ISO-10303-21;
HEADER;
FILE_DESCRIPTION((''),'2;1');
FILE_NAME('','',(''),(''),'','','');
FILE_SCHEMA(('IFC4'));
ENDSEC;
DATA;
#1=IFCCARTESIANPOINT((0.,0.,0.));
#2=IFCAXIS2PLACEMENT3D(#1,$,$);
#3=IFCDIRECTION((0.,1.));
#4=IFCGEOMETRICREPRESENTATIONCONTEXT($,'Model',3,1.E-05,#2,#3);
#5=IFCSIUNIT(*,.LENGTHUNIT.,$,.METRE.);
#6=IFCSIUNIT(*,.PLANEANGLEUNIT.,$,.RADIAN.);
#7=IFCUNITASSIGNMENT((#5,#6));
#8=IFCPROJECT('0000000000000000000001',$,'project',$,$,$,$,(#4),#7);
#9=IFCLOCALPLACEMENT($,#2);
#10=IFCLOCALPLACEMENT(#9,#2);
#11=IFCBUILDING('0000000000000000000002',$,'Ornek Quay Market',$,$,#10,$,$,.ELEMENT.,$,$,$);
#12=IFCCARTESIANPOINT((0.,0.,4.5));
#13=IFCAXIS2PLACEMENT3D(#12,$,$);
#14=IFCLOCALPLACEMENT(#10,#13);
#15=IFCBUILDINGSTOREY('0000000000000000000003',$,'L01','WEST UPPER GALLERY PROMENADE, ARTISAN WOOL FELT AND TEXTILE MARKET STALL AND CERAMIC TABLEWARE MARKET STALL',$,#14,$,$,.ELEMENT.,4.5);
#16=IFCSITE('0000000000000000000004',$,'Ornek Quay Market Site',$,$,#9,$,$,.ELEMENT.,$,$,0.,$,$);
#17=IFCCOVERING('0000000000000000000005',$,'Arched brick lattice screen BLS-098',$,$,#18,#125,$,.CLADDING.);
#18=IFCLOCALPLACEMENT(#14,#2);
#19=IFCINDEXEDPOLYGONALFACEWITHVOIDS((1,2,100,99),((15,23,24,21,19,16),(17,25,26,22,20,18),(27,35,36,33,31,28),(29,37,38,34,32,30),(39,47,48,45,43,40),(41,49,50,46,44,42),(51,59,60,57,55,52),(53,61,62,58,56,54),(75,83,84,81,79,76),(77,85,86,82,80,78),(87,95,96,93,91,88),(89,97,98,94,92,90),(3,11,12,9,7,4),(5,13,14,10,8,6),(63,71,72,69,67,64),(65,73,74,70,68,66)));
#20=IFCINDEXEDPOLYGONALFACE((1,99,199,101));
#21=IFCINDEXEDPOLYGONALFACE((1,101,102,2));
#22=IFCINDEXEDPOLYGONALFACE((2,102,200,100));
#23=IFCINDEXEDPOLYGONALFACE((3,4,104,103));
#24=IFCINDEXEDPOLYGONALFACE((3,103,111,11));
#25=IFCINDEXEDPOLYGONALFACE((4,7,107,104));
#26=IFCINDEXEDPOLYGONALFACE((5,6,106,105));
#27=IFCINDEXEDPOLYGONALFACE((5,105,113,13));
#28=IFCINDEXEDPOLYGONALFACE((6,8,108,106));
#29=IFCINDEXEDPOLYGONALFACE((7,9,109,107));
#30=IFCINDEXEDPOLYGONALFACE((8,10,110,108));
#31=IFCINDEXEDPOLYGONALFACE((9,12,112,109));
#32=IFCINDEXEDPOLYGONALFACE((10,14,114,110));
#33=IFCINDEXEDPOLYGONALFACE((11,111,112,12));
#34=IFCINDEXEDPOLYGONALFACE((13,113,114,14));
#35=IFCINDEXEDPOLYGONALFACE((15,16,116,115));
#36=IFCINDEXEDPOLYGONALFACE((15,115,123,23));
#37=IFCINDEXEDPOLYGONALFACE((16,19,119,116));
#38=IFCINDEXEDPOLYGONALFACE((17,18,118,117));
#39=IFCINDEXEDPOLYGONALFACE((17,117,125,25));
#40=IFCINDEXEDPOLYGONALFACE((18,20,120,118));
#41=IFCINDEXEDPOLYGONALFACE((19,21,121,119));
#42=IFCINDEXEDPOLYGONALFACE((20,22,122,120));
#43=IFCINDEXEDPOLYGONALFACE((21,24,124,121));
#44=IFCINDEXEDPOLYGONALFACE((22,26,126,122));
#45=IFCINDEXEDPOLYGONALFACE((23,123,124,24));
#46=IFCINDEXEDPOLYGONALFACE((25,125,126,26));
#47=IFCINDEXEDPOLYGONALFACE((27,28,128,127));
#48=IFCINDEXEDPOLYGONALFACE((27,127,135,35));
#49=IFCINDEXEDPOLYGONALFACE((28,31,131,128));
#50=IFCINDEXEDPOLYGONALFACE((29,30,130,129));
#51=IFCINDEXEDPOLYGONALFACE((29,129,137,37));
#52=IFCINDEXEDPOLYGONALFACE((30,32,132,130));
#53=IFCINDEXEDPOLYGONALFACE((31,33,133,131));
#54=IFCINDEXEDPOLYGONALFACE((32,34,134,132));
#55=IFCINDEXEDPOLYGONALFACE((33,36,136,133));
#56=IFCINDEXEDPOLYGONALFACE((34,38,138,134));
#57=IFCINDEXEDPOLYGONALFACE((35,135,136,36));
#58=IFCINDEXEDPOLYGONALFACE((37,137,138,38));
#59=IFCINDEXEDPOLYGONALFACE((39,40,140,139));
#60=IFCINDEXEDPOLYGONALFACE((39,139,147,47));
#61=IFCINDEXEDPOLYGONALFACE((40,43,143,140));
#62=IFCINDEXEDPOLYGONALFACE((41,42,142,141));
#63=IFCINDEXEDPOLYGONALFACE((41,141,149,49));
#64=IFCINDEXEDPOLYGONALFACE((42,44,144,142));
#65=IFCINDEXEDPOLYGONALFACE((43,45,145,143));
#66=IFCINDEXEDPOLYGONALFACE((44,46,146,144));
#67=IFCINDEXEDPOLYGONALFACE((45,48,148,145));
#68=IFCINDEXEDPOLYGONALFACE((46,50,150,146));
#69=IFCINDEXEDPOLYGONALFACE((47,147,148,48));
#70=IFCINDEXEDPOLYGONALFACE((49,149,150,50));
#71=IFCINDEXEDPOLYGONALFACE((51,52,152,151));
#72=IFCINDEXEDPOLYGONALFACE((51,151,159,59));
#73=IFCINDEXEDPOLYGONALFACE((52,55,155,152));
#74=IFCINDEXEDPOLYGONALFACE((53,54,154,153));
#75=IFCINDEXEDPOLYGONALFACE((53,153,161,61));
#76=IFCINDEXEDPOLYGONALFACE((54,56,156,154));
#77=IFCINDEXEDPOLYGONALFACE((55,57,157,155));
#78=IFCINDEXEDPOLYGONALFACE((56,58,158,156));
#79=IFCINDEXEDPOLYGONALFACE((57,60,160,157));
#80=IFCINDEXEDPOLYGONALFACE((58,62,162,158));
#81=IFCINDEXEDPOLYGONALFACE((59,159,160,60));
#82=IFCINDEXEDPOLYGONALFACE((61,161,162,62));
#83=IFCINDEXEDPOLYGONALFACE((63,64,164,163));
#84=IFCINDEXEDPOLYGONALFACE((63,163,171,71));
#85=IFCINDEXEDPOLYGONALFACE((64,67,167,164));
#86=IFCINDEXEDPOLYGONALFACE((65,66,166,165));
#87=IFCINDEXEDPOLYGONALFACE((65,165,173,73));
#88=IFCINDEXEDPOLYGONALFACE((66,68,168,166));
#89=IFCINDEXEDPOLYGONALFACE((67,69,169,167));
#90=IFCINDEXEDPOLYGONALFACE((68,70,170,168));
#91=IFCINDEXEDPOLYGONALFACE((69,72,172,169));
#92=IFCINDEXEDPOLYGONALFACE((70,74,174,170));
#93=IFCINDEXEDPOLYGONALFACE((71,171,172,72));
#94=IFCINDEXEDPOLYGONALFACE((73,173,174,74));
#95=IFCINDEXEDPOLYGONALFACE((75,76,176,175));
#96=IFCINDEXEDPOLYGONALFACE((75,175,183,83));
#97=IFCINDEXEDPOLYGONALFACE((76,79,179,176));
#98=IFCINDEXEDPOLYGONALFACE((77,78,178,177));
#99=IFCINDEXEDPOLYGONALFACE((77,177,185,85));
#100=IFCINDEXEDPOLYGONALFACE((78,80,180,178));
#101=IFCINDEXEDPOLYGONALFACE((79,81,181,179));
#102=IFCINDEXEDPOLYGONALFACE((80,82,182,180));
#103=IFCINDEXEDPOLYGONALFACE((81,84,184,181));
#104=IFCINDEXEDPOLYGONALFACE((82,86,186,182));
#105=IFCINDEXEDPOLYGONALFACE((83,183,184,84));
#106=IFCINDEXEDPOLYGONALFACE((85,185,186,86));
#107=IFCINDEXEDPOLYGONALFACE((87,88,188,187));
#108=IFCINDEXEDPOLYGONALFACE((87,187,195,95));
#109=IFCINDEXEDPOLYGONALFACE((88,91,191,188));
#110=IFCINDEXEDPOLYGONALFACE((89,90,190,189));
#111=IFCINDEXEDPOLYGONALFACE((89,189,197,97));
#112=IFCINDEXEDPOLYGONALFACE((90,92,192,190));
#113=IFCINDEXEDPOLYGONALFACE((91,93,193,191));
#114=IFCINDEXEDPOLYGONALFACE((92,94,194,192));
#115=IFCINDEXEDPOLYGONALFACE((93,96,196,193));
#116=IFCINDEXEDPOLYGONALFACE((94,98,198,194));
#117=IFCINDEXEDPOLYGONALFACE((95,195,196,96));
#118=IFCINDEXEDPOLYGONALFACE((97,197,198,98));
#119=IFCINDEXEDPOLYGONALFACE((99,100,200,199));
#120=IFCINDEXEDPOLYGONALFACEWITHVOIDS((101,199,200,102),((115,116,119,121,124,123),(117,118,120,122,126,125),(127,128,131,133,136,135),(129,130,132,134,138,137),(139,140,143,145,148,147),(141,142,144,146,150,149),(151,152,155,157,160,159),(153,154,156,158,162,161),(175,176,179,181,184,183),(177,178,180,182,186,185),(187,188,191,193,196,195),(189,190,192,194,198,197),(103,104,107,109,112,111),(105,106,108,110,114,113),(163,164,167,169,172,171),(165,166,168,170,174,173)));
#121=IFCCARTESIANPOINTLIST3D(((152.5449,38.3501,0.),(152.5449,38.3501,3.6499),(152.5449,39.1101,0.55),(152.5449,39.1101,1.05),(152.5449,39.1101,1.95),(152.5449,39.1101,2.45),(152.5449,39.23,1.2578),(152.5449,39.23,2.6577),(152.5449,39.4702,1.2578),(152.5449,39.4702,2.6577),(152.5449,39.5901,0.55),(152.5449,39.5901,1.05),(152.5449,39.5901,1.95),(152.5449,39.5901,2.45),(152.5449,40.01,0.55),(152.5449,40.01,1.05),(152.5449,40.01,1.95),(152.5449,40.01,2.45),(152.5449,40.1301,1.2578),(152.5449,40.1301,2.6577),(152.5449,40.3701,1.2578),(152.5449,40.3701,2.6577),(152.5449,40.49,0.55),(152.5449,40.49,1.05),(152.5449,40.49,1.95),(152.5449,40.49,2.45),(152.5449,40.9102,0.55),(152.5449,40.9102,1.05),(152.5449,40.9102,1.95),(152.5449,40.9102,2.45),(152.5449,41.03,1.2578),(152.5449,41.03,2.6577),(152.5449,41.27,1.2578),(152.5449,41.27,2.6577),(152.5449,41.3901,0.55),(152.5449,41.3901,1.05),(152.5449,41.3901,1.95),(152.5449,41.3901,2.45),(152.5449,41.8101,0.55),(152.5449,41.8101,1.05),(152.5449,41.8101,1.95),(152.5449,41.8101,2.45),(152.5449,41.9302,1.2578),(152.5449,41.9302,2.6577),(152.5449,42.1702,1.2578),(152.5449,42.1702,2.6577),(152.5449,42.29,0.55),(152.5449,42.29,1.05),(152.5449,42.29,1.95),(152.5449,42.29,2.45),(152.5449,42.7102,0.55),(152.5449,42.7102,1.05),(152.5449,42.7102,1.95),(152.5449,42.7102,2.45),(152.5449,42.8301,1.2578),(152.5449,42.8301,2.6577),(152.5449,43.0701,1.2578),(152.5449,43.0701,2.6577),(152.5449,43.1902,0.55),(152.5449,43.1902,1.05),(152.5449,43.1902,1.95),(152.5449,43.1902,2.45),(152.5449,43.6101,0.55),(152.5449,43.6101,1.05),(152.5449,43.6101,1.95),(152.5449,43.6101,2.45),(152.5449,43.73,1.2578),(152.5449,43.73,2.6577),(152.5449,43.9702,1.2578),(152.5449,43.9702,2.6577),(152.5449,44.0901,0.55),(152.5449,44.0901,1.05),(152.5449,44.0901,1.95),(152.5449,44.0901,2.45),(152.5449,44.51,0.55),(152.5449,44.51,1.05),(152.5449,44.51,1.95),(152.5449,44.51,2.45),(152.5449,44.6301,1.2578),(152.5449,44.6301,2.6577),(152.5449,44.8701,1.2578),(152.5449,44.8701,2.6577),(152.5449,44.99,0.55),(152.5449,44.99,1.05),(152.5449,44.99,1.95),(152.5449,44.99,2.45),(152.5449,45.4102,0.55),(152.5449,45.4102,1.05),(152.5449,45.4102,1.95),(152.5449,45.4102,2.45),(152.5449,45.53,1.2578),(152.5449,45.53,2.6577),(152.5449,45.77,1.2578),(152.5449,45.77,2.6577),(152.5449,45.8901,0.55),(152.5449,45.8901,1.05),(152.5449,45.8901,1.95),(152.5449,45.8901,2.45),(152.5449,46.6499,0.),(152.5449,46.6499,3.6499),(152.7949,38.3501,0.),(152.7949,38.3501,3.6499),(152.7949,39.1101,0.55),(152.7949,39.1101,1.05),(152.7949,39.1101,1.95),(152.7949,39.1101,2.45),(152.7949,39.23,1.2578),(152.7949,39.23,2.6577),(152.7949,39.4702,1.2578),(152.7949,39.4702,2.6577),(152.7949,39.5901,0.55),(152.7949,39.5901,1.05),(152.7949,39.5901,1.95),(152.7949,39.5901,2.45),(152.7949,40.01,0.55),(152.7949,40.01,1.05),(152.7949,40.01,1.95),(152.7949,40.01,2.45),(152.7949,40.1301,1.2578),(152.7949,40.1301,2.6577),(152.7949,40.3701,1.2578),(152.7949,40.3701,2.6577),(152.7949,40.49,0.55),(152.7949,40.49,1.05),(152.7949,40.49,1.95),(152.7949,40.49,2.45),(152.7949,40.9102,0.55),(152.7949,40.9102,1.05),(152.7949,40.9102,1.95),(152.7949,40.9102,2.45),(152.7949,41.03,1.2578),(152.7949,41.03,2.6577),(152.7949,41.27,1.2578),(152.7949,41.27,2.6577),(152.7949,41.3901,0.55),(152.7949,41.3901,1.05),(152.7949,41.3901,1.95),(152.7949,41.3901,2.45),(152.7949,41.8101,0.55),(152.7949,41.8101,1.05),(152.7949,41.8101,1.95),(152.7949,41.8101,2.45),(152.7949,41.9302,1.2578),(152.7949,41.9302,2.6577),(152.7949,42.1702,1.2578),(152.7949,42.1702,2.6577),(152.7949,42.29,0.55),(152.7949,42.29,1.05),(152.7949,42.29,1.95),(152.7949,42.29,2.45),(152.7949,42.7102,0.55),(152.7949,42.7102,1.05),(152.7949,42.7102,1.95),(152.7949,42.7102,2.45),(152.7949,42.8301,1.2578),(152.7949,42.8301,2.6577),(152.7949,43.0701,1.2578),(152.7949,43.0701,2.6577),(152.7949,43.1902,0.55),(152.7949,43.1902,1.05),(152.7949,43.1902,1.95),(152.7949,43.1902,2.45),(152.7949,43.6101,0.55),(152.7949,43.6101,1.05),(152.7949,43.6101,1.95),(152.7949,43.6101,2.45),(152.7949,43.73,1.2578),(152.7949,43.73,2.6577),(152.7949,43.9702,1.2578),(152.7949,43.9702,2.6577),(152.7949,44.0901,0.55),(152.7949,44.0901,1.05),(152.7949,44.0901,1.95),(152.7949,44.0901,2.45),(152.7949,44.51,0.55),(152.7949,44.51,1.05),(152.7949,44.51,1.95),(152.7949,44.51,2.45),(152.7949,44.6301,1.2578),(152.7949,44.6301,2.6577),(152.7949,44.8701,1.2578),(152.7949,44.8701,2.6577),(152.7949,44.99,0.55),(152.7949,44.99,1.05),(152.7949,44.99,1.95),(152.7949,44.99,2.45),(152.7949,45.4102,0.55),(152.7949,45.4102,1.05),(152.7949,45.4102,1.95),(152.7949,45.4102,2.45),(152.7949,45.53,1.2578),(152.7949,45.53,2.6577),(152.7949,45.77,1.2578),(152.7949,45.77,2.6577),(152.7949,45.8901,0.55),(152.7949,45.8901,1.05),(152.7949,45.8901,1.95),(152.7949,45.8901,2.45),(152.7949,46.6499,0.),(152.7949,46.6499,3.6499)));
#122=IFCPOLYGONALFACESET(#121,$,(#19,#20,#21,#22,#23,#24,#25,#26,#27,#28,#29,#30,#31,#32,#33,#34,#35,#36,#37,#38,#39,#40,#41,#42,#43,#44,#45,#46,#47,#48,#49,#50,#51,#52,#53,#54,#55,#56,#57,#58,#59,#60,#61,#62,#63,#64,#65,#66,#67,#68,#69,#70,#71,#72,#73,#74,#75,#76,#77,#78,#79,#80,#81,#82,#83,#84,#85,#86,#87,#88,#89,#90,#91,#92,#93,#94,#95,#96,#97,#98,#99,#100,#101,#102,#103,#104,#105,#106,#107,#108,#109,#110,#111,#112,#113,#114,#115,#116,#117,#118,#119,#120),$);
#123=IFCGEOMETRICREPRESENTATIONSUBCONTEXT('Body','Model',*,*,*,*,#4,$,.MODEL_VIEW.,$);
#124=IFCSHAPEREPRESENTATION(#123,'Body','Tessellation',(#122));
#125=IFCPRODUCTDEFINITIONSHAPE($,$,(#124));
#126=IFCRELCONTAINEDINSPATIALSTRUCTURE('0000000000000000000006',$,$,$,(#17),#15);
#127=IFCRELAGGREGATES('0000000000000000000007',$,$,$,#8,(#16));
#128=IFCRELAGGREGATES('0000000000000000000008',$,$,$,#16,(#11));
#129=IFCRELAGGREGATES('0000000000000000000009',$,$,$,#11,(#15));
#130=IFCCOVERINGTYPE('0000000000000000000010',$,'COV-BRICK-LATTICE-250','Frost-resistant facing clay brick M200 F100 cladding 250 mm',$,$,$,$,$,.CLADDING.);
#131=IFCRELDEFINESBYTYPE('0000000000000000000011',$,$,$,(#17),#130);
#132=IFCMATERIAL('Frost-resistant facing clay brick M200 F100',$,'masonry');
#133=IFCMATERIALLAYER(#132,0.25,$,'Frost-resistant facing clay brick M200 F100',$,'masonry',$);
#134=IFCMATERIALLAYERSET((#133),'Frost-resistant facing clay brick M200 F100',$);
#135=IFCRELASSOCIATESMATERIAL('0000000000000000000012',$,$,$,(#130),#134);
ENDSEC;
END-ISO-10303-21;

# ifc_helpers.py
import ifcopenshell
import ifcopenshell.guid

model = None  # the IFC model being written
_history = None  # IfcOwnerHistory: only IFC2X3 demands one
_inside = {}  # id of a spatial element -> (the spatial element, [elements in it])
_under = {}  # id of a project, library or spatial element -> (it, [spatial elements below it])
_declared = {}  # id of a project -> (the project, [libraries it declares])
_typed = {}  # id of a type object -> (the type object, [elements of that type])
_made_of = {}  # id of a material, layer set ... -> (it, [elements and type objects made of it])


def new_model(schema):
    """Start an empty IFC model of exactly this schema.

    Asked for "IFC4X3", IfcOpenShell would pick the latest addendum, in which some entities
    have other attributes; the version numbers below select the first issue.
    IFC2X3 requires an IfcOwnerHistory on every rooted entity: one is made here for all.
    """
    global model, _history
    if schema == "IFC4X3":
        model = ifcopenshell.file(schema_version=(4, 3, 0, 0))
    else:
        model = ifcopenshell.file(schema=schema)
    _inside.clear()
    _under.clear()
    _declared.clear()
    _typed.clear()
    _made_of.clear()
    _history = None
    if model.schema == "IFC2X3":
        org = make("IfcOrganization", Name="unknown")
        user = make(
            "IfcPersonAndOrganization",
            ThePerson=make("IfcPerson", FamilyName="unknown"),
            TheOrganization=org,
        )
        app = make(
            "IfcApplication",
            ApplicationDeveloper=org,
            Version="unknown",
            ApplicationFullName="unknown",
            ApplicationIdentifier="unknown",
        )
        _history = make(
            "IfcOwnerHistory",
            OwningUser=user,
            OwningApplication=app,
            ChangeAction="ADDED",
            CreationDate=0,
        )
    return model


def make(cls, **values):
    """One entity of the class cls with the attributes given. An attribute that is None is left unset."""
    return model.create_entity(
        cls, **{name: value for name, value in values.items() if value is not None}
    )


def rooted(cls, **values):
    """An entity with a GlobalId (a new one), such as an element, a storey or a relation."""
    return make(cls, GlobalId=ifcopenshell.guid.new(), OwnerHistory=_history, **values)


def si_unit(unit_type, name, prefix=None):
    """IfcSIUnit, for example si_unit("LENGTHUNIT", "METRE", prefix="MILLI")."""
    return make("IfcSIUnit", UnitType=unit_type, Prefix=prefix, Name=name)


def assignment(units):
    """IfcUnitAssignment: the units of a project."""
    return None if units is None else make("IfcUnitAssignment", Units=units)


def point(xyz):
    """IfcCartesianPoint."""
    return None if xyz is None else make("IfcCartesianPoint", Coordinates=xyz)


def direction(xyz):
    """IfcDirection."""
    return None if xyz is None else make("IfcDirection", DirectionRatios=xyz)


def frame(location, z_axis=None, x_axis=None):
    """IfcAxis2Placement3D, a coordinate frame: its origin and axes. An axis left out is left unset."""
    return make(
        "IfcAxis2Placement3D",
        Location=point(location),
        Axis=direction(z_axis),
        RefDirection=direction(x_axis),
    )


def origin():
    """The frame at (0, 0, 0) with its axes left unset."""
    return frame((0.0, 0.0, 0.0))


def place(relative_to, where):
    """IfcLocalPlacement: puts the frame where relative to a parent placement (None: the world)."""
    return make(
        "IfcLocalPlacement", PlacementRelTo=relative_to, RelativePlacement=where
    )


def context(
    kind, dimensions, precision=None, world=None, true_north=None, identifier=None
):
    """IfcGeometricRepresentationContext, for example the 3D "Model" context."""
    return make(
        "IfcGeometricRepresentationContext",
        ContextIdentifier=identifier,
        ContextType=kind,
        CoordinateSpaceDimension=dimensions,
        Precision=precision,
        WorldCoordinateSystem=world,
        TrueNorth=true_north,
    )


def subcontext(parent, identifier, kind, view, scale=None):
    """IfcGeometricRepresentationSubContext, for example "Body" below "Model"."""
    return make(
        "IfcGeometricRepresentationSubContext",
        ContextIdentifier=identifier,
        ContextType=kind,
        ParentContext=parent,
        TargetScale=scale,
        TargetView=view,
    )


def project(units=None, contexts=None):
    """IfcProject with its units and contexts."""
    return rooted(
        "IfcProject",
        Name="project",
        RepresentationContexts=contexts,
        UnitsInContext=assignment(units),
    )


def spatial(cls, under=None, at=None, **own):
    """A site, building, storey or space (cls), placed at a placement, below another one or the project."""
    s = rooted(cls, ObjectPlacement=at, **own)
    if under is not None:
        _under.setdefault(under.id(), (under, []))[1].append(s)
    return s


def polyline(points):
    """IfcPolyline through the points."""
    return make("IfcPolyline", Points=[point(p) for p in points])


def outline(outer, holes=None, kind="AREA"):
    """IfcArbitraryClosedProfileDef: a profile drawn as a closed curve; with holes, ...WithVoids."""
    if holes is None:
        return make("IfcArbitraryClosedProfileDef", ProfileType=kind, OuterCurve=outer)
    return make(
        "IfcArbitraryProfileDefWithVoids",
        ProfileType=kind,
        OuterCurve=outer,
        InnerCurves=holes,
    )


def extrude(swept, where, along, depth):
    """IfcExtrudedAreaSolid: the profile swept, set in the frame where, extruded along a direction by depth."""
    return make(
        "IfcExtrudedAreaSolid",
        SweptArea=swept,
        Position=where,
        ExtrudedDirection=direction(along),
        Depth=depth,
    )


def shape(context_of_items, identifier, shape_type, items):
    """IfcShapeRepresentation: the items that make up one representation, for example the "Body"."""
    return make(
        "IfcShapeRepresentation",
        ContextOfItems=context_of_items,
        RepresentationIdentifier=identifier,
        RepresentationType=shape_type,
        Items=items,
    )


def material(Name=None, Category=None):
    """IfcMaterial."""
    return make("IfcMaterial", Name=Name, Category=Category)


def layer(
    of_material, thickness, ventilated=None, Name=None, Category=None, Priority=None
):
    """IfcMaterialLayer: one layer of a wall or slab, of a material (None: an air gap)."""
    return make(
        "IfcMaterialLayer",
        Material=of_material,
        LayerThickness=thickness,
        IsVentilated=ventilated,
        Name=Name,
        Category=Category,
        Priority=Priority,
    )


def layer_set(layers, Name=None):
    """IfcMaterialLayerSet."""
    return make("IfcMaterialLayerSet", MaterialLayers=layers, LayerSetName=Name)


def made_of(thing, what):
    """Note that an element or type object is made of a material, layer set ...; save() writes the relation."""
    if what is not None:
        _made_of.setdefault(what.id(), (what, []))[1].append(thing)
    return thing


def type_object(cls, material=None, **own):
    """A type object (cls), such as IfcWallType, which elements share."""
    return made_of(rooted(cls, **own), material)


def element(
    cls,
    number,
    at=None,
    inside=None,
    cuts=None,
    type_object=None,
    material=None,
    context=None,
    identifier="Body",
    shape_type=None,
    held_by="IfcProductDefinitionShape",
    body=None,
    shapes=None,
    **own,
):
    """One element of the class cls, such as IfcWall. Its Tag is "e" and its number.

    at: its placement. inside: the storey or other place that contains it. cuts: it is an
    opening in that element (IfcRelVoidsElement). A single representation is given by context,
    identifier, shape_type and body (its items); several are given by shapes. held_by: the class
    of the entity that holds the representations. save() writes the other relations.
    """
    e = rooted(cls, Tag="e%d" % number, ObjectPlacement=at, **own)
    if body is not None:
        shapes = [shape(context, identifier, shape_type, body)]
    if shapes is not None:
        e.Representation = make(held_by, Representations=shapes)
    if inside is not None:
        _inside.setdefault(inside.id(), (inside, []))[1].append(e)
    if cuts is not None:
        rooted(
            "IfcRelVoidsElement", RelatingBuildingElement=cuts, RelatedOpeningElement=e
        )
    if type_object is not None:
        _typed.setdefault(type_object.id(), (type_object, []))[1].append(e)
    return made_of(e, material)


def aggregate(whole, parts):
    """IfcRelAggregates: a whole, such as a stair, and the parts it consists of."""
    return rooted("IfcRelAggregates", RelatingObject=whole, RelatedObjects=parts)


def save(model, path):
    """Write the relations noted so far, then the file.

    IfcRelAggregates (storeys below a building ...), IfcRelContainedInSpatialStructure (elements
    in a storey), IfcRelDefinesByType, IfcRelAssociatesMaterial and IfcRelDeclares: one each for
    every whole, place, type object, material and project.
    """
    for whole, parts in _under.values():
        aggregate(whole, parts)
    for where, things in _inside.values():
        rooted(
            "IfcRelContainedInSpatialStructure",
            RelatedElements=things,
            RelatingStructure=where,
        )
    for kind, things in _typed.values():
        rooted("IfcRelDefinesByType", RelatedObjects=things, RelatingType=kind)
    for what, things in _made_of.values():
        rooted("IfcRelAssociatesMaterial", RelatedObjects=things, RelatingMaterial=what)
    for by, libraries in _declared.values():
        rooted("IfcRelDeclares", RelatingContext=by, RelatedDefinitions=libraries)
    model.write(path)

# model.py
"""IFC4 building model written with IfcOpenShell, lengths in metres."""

from ifc_helpers import new_model, si_unit, direction, frame, origin, place, context, subcontext, project, spatial, polyline, outline, extrude, material, layer, layer_set, type_object, element, save


model = new_model("IFC4")

# Units and contexts
model_context = context("Model", 3, precision=1e-05, world=origin(), true_north=direction((0.0, 1.0)))
body_context = subcontext(model_context, "Body", "Model", "MODEL_VIEW")
ifc_project = project(units=[si_unit("LENGTHUNIT", "METRE"), si_unit("PLANEANGLEUNIT", "RADIAN")], contexts=[model_context])

# Site, building, storey
site_placement = place(None, origin())
site = spatial("IfcSite", under=ifc_project, at=site_placement, Name="Ornek Quay Market Site", CompositionType="ELEMENT", RefElevation=0.0)
building_placement = place(site_placement, origin())
building = spatial("IfcBuilding", under=site, at=building_placement, Name="Ornek Quay Market", CompositionType="ELEMENT")
storey_placement = place(building_placement, frame((0.0, 0.0, 4.5)))
storey = spatial("IfcBuildingStorey", under=building, at=storey_placement, Name="L01", Description="WEST UPPER GALLERY PROMENADE, ARTISAN WOOL FELT AND TEXTILE MARKET STALL AND CERAMIC TABLEWARE MARKET STALL", CompositionType="ELEMENT", Elevation=4.5)

# Shared definitions
ifc_material_1 = material(Name="Frost-resistant facing clay brick M200 F100", Category="masonry")

# Covering
ifc_layer_1 = layer(ifc_material_1, 0.25, Name="Frost-resistant facing clay brick M200 F100", Category="masonry")
ifc_layer_set_1 = layer_set([ifc_layer_1], Name="Frost-resistant facing clay brick M200 F100")
covering_type = type_object("IfcCoveringType", Name="COV-BRICK-LATTICE-250", Description="Frost-resistant facing clay brick M200 F100 cladding 250 mm", PredefinedType="CLADDING", material=ifc_layer_set_1)
covering_1_placement = place(storey_placement, frame((152.6699, 38.3501, 0.0), z_axis=(0.0, 0.0, 1.0), x_axis=(0.0, 1.0, 0.0)))
element("IfcCovering", 1, at=covering_1_placement, inside=storey, type_object=covering_type, Name="Arched brick lattice screen BLS-098", PredefinedType="CLADDING", context=body_context, shape_type="SweptSolid", body=[
    extrude(outline(polyline([(0.0, 0.0), (8.2998, 0.0), (8.2998, 3.6499), (0.0, 3.6499), (0.0, 0.0)]), holes=[polyline([(0.76, 0.55), (1.24, 0.55), (1.24, 1.05), (1.1201, 1.2578), (0.8799, 1.2578), (0.76, 1.05), (0.76, 0.55)]), polyline([(0.76, 1.95), (1.24, 1.95), (1.24, 2.45), (1.1201, 2.6577), (0.8799, 2.6577), (0.76, 2.45), (0.76, 1.95)]), polyline([(1.6599, 0.55), (2.1399, 0.55), (2.1399, 1.05), (2.02, 1.2578), (1.78, 1.2578), (1.6599, 1.05), (1.6599, 0.55)]), polyline([(1.6599, 1.95), (2.1399, 1.95), (2.1399, 2.45), (2.02, 2.6577), (1.78, 2.6577), (1.6599, 2.45), (1.6599, 1.95)]), polyline([(2.5601, 0.55), (3.04, 0.55), (3.04, 1.05), (2.9199, 1.2578), (2.6799, 1.2578), (2.5601, 1.05), (2.5601, 0.55)]), polyline([(2.5601, 1.95), (3.04, 1.95), (3.04, 2.45), (2.9199, 2.6577), (2.6799, 2.6577), (2.5601, 2.45), (2.5601, 1.95)]), polyline([(3.46, 0.55), (3.9399, 0.55), (3.9399, 1.05), (3.8201, 1.2578), (3.5801, 1.2578), (3.46, 1.05), (3.46, 0.55)]), polyline([(3.46, 1.95), (3.9399, 1.95), (3.9399, 2.45), (3.8201, 2.6577), (3.5801, 2.6577), (3.46, 2.45), (3.46, 1.95)]), polyline([(4.3601, 0.55), (4.8401, 0.55), (4.8401, 1.05), (4.72, 1.2578), (4.48, 1.2578), (4.3601, 1.05), (4.3601, 0.55)]), polyline([(4.3601, 1.95), (4.8401, 1.95), (4.8401, 2.45), (4.72, 2.6577), (4.48, 2.6577), (4.3601, 2.45), (4.3601, 1.95)]), polyline([(5.26, 0.55), (5.74, 0.55), (5.74, 1.05), (5.6201, 1.2578), (5.3799, 1.2578), (5.26, 1.05), (5.26, 0.55)]), polyline([(5.26, 1.95), (5.74, 1.95), (5.74, 2.45), (5.6201, 2.6577), (5.3799, 2.6577), (5.26, 2.45), (5.26, 1.95)]), polyline([(6.1599, 0.55), (6.6399, 0.55), (6.6399, 1.05), (6.52, 1.2578), (6.28, 1.2578), (6.1599, 1.05), (6.1599, 0.55)]), polyline([(6.1599, 1.95), (6.6399, 1.95), (6.6399, 2.45), (6.52, 2.6577), (6.28, 2.6577), (6.1599, 2.45), (6.1599, 1.95)]), polyline([(7.0601, 0.55), (7.54, 0.55), (7.54, 1.05), (7.4199, 1.2578), (7.1799, 1.2578), (7.0601, 1.05), (7.0601, 0.55)]), polyline([(7.0601, 1.95), (7.54, 1.95), (7.54, 2.45), (7.4199, 2.6577), (7.1799, 2.6577), (7.0601, 2.45), (7.0601, 1.95)])]), frame((0.0, 0.125, 0.0), z_axis=(0.0, -1.0, 0.0), x_axis=(1.0, 0.0, 0.0)), (0.0, 0.0, 1.0), 0.25),
])

save(model, "model.ifc")
